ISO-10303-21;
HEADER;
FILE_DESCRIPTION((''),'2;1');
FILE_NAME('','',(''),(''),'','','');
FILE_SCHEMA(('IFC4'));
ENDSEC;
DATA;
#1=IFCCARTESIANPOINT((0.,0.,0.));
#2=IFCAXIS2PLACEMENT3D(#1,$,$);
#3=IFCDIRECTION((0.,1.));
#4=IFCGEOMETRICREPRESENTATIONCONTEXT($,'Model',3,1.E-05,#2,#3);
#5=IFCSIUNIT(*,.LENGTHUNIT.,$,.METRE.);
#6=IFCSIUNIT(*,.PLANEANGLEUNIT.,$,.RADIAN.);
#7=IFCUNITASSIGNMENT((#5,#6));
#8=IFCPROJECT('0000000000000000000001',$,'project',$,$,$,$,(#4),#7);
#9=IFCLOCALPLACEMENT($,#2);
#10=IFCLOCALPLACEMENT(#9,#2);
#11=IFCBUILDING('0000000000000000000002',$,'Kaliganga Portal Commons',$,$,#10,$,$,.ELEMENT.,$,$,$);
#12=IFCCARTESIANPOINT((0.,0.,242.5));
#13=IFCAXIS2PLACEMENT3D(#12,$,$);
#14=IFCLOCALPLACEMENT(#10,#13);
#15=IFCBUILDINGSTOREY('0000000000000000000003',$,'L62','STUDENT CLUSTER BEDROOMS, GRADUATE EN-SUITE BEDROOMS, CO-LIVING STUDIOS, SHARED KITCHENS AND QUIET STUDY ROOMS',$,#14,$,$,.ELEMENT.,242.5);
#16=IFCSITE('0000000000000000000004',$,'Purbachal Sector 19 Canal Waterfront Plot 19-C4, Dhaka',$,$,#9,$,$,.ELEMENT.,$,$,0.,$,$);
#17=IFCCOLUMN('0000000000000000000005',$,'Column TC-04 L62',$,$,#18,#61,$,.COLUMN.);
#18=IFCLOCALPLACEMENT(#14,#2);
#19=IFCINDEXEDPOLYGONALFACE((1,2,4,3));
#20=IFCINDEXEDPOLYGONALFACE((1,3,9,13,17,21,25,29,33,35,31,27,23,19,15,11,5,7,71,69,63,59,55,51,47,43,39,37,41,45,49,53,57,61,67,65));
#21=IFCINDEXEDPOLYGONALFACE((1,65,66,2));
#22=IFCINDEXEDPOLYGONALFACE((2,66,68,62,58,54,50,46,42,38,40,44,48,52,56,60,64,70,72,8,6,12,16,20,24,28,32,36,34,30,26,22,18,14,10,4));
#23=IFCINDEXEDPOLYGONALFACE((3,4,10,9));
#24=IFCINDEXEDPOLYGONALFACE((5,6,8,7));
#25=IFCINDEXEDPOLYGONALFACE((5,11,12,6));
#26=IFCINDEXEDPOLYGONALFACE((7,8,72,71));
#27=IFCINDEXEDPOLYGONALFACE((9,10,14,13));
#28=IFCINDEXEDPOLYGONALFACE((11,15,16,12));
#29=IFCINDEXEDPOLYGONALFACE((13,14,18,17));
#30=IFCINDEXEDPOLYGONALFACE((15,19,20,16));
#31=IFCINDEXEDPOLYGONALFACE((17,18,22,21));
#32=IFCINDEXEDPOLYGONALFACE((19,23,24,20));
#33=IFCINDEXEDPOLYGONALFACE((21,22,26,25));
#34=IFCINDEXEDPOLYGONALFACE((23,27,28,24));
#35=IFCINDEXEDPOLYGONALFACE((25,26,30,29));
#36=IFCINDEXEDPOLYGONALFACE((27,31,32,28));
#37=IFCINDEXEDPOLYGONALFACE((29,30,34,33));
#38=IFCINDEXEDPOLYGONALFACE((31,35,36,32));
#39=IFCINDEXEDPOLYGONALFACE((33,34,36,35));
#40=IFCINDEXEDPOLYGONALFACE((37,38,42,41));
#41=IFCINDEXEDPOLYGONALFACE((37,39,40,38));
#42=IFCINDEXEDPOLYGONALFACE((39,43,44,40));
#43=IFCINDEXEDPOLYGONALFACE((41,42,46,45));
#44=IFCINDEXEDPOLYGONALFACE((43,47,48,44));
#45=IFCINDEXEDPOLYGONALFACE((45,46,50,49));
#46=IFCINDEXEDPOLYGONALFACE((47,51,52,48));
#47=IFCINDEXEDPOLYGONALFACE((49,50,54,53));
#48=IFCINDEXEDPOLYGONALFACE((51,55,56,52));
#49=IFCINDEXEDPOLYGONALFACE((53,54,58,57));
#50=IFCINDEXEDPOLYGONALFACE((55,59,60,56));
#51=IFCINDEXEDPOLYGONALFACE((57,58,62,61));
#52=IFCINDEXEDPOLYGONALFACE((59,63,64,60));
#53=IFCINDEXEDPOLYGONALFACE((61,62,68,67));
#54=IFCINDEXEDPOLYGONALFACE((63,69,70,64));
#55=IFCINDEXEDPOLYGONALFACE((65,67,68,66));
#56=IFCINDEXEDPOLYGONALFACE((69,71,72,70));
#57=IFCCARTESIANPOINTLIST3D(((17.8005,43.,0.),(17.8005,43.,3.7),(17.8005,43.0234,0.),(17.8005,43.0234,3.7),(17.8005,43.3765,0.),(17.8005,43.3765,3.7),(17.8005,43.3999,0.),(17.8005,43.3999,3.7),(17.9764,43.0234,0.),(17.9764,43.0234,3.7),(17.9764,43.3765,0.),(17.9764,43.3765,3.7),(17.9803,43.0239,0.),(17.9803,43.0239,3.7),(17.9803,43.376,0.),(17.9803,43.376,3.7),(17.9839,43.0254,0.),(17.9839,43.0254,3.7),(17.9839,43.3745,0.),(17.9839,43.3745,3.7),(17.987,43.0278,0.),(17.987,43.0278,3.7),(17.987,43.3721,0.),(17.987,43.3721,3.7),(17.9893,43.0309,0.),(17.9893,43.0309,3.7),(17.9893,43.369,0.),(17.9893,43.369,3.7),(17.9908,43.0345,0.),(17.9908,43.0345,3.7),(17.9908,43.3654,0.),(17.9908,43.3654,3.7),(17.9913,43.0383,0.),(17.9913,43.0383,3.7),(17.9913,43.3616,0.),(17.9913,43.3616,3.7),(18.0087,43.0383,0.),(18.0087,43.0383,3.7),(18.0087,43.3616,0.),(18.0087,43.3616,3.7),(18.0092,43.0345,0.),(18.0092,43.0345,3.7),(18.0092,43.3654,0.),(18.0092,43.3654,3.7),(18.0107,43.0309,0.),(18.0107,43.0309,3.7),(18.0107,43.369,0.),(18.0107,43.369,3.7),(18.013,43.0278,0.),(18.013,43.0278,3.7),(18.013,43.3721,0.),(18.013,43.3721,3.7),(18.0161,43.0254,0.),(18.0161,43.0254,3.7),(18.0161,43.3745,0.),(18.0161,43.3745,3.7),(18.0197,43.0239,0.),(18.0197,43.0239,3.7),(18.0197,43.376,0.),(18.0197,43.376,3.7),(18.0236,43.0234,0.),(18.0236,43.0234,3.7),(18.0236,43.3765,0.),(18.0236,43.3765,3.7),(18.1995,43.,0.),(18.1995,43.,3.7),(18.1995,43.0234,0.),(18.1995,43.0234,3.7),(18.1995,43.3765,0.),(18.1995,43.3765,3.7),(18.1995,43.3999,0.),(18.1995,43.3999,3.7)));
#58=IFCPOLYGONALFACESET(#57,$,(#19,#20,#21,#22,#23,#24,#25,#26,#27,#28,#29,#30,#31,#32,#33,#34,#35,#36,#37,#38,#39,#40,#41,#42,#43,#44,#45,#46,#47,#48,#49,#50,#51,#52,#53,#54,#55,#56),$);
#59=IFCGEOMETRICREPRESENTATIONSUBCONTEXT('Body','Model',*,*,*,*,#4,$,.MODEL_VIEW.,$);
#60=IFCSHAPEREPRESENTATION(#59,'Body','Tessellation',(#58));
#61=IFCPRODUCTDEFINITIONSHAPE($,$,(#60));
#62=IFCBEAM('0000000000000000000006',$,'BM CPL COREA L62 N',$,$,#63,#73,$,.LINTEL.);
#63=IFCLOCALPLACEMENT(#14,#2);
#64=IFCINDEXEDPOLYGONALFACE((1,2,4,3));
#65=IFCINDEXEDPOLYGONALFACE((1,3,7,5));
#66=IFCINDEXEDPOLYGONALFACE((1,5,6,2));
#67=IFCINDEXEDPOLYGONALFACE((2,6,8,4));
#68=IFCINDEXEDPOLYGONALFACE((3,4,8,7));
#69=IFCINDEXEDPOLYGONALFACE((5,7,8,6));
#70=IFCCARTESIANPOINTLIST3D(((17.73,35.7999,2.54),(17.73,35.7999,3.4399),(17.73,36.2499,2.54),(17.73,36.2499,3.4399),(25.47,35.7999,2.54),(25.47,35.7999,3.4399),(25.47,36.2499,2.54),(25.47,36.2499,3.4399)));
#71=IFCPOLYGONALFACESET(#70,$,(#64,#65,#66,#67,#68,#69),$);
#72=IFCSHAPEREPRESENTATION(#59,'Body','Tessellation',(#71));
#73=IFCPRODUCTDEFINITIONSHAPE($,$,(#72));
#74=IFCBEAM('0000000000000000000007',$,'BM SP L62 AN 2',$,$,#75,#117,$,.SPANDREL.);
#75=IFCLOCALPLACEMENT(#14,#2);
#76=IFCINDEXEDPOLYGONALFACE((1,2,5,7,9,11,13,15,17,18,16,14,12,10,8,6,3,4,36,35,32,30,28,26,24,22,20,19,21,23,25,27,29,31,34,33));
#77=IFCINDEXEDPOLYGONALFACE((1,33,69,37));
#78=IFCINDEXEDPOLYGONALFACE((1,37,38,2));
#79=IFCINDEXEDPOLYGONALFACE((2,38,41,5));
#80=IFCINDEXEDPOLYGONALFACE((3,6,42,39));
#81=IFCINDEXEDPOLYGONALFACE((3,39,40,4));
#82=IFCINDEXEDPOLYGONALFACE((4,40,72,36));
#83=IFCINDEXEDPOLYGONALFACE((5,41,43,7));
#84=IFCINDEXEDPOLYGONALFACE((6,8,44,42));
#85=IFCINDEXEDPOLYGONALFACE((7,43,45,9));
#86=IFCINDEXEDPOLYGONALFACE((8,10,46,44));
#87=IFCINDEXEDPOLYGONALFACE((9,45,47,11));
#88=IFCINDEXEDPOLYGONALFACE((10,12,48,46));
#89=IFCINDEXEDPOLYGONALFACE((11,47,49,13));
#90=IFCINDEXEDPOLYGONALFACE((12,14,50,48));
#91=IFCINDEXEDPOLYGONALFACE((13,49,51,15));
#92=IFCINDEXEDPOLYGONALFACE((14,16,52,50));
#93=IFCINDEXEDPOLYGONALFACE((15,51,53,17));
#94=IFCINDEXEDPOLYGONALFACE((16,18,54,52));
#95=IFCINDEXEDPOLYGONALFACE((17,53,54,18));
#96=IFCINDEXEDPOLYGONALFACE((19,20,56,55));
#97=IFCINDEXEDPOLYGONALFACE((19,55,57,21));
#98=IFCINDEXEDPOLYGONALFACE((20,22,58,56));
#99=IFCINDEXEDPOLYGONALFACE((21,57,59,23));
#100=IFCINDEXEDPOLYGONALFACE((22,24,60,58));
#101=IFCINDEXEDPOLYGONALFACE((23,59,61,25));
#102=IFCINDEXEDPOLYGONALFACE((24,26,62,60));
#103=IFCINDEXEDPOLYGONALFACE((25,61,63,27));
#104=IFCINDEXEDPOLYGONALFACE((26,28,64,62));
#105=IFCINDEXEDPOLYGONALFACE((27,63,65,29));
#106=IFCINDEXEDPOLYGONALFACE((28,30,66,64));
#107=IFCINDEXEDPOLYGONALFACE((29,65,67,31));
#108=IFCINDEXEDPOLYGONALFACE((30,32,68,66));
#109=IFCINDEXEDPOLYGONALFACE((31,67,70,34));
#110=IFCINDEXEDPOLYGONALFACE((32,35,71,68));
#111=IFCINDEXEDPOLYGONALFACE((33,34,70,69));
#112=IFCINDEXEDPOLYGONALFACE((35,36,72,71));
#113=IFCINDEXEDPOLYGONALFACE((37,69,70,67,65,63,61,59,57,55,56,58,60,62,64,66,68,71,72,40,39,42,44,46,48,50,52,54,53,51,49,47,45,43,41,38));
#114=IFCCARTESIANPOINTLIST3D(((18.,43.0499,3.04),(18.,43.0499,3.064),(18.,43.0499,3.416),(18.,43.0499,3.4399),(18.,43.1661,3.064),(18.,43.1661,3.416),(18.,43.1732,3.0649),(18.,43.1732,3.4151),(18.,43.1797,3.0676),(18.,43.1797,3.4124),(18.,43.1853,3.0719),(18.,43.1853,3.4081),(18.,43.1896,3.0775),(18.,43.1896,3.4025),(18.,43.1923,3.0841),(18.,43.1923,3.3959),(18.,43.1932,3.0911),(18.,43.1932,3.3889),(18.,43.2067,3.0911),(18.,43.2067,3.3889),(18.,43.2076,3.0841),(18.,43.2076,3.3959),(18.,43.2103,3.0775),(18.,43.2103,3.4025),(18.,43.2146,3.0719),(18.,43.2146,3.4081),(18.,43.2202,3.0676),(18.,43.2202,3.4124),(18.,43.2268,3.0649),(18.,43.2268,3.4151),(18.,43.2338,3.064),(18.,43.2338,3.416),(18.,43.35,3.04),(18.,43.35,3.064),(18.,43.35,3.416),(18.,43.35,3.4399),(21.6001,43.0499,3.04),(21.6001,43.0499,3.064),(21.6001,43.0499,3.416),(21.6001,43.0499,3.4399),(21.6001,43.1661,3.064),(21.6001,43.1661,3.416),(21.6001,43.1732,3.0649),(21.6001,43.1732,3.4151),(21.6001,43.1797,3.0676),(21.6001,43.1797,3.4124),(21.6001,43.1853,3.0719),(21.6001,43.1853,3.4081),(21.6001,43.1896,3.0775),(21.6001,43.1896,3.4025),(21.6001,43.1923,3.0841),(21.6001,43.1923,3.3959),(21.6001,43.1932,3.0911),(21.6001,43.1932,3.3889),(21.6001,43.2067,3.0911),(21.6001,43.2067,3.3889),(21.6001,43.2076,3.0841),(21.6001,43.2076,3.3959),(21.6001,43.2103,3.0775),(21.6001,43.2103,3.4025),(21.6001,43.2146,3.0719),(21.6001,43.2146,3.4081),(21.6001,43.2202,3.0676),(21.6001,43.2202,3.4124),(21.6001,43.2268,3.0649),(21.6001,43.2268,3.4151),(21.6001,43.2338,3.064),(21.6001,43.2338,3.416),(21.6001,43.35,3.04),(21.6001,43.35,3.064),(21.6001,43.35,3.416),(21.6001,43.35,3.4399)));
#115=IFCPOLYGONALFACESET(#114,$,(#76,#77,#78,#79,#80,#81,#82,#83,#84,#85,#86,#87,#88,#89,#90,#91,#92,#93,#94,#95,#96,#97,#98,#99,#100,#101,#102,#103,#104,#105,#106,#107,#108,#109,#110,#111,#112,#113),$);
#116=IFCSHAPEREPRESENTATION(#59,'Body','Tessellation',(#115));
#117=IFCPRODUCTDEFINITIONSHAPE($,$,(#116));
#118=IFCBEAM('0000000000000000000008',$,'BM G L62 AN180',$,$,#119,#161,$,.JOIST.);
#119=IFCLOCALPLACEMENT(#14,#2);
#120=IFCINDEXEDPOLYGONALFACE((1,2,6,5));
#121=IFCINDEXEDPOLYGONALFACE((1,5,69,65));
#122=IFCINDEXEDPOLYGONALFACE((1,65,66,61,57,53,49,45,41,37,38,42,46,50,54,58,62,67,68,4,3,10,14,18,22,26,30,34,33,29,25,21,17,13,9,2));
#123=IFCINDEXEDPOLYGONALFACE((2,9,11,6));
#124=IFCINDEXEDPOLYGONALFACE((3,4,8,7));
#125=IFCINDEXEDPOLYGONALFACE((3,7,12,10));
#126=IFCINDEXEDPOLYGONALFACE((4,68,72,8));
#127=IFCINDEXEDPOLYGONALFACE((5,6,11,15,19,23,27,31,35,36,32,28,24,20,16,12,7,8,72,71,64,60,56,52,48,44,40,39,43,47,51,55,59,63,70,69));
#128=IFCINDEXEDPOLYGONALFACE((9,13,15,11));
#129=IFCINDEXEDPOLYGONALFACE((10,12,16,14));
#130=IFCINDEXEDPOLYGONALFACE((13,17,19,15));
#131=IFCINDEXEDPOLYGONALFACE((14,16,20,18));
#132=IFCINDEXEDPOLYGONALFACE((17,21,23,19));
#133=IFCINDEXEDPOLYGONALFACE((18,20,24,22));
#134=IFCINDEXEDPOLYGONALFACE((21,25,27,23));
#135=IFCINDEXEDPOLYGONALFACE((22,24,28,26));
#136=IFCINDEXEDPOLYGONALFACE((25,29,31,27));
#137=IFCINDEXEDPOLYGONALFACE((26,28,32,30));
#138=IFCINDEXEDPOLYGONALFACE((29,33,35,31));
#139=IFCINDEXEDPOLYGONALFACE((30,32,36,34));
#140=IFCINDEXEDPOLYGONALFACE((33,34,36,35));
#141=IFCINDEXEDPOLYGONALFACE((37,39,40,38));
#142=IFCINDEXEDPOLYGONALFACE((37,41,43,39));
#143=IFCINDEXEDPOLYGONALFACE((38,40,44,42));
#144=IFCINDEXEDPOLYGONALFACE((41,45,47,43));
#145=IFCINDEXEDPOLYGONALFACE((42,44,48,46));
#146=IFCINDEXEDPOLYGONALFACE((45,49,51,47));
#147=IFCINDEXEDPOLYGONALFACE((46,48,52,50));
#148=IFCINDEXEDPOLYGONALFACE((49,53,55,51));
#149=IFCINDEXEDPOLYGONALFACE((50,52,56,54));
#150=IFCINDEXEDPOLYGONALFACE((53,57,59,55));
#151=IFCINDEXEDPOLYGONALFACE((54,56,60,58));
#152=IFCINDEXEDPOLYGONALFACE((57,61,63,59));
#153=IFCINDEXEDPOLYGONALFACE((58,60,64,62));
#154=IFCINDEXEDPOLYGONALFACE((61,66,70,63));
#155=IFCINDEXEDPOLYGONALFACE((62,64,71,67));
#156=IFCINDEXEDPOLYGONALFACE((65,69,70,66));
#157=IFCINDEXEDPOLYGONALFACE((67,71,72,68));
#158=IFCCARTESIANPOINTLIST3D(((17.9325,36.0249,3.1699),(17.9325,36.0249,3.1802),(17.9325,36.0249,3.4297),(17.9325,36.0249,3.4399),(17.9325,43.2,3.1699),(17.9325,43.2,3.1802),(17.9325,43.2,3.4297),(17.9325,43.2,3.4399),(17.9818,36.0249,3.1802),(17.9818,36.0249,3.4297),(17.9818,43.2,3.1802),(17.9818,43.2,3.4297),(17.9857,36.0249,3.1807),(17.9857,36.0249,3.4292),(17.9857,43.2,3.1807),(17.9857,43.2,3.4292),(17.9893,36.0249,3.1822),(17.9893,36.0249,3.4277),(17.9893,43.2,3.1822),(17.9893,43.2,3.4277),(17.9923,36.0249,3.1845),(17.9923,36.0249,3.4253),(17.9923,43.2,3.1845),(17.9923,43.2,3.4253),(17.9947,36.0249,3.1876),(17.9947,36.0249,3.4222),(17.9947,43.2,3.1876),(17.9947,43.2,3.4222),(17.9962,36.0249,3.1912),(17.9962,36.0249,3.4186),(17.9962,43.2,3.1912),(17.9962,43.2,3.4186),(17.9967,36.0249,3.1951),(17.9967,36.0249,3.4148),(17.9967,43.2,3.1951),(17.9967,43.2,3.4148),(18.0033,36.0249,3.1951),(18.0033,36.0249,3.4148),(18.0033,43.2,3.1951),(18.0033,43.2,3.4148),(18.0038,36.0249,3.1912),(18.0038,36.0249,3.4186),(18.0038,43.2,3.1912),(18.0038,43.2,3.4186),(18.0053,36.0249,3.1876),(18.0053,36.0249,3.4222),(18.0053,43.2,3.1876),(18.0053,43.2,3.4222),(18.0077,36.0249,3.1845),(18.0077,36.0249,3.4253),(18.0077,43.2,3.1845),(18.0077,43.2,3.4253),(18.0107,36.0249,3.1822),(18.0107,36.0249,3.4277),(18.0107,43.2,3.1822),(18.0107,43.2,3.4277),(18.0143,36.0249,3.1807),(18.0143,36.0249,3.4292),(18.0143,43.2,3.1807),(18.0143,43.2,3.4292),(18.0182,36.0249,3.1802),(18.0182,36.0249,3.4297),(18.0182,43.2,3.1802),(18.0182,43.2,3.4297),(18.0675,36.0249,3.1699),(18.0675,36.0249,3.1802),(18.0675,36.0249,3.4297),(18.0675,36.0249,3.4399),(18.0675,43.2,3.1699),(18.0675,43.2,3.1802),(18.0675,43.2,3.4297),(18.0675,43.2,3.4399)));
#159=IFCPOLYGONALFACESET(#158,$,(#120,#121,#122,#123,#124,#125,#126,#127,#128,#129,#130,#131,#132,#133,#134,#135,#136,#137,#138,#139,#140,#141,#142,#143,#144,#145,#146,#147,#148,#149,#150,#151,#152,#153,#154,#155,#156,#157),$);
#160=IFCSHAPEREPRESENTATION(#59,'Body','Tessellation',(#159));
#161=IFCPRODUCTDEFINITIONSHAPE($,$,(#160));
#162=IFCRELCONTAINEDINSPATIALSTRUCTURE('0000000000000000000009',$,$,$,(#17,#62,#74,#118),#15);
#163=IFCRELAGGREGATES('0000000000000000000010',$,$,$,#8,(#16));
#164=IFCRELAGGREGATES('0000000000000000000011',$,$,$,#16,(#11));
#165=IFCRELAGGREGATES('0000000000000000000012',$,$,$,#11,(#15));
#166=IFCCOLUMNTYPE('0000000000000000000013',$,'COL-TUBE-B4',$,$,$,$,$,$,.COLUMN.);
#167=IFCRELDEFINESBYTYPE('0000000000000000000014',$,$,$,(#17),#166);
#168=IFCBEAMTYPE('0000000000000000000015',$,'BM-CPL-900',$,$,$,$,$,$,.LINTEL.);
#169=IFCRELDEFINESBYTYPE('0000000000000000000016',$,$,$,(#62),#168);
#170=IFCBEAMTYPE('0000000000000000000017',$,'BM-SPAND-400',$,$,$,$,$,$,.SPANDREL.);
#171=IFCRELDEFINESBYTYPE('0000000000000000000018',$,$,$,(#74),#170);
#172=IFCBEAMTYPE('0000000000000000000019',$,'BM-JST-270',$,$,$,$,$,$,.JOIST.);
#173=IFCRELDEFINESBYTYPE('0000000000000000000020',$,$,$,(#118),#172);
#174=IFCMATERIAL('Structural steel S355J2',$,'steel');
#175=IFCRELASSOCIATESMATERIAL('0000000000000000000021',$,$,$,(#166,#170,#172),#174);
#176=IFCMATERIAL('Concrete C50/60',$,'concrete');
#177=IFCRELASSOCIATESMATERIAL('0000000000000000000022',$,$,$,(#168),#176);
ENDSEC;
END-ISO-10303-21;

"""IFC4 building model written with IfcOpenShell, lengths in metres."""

from ifc_helpers import new_model, si_unit, direction, frame, origin, origin_2d, place, context, subcontext, project, spatial, rectangle, i_section, extrude, source, transform, mapped, material, material_profile, profile_set, type_object, element, save


model = new_model("IFC4")

# Units and contexts
model_context = context("Model", 3, precision=1e-05, world=origin(), true_north=direction((0.0, 1.0)))
body_context = subcontext(model_context, "Body", "Model", "MODEL_VIEW")
ifc_project = project(units=[si_unit("LENGTHUNIT", "METRE"), si_unit("PLANEANGLEUNIT", "RADIAN")], contexts=[model_context])

# Site, building, storey
site_placement = place(None, origin())
site = spatial("IfcSite", under=ifc_project, at=site_placement, Name="Purbachal Sector 19 Canal Waterfront Plot 19-C4, Dhaka", CompositionType="ELEMENT", RefElevation=0.0)
building_placement = place(site_placement, origin())
building = spatial("IfcBuilding", under=site, at=building_placement, Name="Kaliganga Portal Commons", CompositionType="ELEMENT")
storey_placement = place(building_placement, frame((0.0, 0.0, 242.5)))
storey = spatial("IfcBuildingStorey", under=building, at=storey_placement, Name="L62", Description="STUDENT CLUSTER BEDROOMS, GRADUATE EN-SUITE BEDROOMS, CO-LIVING STUDIOS, SHARED KITCHENS AND QUIET STUDY ROOMS", CompositionType="ELEMENT", Elevation=242.5)

# Column
ifc_material_1 = material(Name="Structural steel S355J2", Category="steel")
ifc_material_profile_1 = material_profile(ifc_material_1, i_section(OverallWidth=0.3989, OverallDepth=0.3999, WebThickness=0.0173, FlangeThickness=0.0234, FilletRadius=0.0149, at=origin_2d()), Name="HD 400x287")
ifc_profile_set_1 = profile_set([ifc_material_profile_1], Name="Structural steel S355J2 wide-flange")
column_type = type_object("IfcColumnType", Name="COL-TUBE-B4", PredefinedType="COLUMN", material=ifc_profile_set_1)
shared_shape_1 = source(origin(), body_context, "Body", "SweptSolid", [
    extrude(i_section(OverallWidth=0.3989, OverallDepth=0.3999, WebThickness=0.0173, FlangeThickness=0.0234, FilletRadius=0.0149, at=origin_2d()), origin(), (0.0, 0.0, 1.0), 3.7),
])
column_placement = place(storey_placement, frame((18.0, 43.2, 0.0), z_axis=(0.0, 0.0, 1.0), x_axis=(1.0, 0.0, 0.0)))
element("IfcColumn", 1, at=column_placement, inside=storey, type_object=column_type, Name="Column TC-04 L62", PredefinedType="COLUMN", context=body_context, shape_type="MappedRepresentation", body=[
    mapped(shared_shape_1, transform((0.0, 0.0, 0.0), x_axis=(1.0, 0.0, 0.0), y_axis=(0.0, 1.0, 0.0), z_axis=(0.0, 0.0, 1.0), scale=1.0)),
])

# Beams
ifc_material_2 = material(Name="Concrete C50/60", Category="concrete")
ifc_material_profile_2 = material_profile(ifc_material_2, rectangle(XDim=0.45, YDim=0.8999, at=origin_2d()), Name="RC 450x900")
ifc_profile_set_2 = profile_set([ifc_material_profile_2], Name="Concrete C50/60")
beam_type_1 = type_object("IfcBeamType", Name="BM-CPL-900", PredefinedType="LINTEL", material=ifc_profile_set_2)
shared_shape_2 = source(origin(), body_context, "Body", "SweptSolid", [
    extrude(rectangle(XDim=0.45, YDim=0.8999, at=origin_2d()), origin(), (0.0, 0.0, 1.0), 7.74),
])
beam_1_placement = place(storey_placement, frame((17.73, 36.0249, 2.99), z_axis=(1.0, 0.0, 0.0), x_axis=(0.0, 1.0, 0.0)))
element("IfcBeam", 2, at=beam_1_placement, inside=storey, type_object=beam_type_1, Name="BM CPL COREA L62 N", PredefinedType="LINTEL", context=body_context, shape_type="MappedRepresentation", body=[
    mapped(shared_shape_2, transform((0.0, 0.0, 0.0), x_axis=(1.0, 0.0, 0.0), y_axis=(0.0, 1.0, 0.0), z_axis=(0.0, 0.0, 1.0), scale=1.0)),
])
ifc_material_profile_3 = material_profile(ifc_material_1, i_section(OverallWidth=0.3, OverallDepth=0.3999, WebThickness=0.0134, FlangeThickness=0.0239, FilletRadius=0.0271, at=origin_2d()), Name="HE 400 B")
ifc_profile_set_3 = profile_set([ifc_material_profile_3], Name="Structural steel S355J2 wide-flange")
beam_type_2 = type_object("IfcBeamType", Name="BM-SPAND-400", PredefinedType="SPANDREL", material=ifc_profile_set_3)
shared_shape_3 = source(origin(), body_context, "Body", "SweptSolid", [
    extrude(i_section(OverallWidth=0.3, OverallDepth=0.3999, WebThickness=0.0134, FlangeThickness=0.0239, FilletRadius=0.0271, at=origin_2d()), origin(), (0.0, 0.0, 1.0), 3.6001),
])
beam_2_placement = place(storey_placement, frame((18.0, 43.2, 3.24), z_axis=(1.0, 0.0, 0.0), x_axis=(0.0, 1.0, 0.0)))
element("IfcBeam", 3, at=beam_2_placement, inside=storey, type_object=beam_type_2, Name="BM SP L62 AN 2", PredefinedType="SPANDREL", context=body_context, shape_type="MappedRepresentation", body=[
    mapped(shared_shape_3, transform((0.0, 0.0, 0.0), x_axis=(1.0, 0.0, 0.0), y_axis=(0.0, 1.0, 0.0), z_axis=(0.0, 0.0, 1.0), scale=1.0)),
])
ifc_material_profile_4 = material_profile(ifc_material_1, i_section(OverallWidth=0.135, OverallDepth=0.27, WebThickness=0.0066, FlangeThickness=0.0103, FilletRadius=0.0149, at=origin_2d()), Name="IPE 270")
ifc_profile_set_4 = profile_set([ifc_material_profile_4], Name="Structural steel S355J2 wide-flange")
beam_type_3 = type_object("IfcBeamType", Name="BM-JST-270", PredefinedType="JOIST", material=ifc_profile_set_4)
shared_shape_4 = source(origin(), body_context, "Body", "SweptSolid", [
    extrude(i_section(OverallWidth=0.135, OverallDepth=0.27, WebThickness=0.0066, FlangeThickness=0.0103, FilletRadius=0.0149, at=origin_2d()), origin(), (0.0, 0.0, 1.0), 7.175),
])
beam_3_placement = place(storey_placement, frame((18.0, 36.0249, 3.3049), z_axis=(0.0, 1.0, 0.0), x_axis=(-1.0, 0.0, 0.0)))
element("IfcBeam", 4, at=beam_3_placement, inside=storey, type_object=beam_type_3, Name="BM G L62 AN180", PredefinedType="JOIST", context=body_context, shape_type="MappedRepresentation", body=[
    mapped(shared_shape_4, transform((0.0, 0.0, 0.0), x_axis=(1.0, 0.0, 0.0), y_axis=(0.0, 1.0, 0.0), z_axis=(0.0, 0.0, 1.0), scale=1.0)),
])

save(model, "model.ifc")
